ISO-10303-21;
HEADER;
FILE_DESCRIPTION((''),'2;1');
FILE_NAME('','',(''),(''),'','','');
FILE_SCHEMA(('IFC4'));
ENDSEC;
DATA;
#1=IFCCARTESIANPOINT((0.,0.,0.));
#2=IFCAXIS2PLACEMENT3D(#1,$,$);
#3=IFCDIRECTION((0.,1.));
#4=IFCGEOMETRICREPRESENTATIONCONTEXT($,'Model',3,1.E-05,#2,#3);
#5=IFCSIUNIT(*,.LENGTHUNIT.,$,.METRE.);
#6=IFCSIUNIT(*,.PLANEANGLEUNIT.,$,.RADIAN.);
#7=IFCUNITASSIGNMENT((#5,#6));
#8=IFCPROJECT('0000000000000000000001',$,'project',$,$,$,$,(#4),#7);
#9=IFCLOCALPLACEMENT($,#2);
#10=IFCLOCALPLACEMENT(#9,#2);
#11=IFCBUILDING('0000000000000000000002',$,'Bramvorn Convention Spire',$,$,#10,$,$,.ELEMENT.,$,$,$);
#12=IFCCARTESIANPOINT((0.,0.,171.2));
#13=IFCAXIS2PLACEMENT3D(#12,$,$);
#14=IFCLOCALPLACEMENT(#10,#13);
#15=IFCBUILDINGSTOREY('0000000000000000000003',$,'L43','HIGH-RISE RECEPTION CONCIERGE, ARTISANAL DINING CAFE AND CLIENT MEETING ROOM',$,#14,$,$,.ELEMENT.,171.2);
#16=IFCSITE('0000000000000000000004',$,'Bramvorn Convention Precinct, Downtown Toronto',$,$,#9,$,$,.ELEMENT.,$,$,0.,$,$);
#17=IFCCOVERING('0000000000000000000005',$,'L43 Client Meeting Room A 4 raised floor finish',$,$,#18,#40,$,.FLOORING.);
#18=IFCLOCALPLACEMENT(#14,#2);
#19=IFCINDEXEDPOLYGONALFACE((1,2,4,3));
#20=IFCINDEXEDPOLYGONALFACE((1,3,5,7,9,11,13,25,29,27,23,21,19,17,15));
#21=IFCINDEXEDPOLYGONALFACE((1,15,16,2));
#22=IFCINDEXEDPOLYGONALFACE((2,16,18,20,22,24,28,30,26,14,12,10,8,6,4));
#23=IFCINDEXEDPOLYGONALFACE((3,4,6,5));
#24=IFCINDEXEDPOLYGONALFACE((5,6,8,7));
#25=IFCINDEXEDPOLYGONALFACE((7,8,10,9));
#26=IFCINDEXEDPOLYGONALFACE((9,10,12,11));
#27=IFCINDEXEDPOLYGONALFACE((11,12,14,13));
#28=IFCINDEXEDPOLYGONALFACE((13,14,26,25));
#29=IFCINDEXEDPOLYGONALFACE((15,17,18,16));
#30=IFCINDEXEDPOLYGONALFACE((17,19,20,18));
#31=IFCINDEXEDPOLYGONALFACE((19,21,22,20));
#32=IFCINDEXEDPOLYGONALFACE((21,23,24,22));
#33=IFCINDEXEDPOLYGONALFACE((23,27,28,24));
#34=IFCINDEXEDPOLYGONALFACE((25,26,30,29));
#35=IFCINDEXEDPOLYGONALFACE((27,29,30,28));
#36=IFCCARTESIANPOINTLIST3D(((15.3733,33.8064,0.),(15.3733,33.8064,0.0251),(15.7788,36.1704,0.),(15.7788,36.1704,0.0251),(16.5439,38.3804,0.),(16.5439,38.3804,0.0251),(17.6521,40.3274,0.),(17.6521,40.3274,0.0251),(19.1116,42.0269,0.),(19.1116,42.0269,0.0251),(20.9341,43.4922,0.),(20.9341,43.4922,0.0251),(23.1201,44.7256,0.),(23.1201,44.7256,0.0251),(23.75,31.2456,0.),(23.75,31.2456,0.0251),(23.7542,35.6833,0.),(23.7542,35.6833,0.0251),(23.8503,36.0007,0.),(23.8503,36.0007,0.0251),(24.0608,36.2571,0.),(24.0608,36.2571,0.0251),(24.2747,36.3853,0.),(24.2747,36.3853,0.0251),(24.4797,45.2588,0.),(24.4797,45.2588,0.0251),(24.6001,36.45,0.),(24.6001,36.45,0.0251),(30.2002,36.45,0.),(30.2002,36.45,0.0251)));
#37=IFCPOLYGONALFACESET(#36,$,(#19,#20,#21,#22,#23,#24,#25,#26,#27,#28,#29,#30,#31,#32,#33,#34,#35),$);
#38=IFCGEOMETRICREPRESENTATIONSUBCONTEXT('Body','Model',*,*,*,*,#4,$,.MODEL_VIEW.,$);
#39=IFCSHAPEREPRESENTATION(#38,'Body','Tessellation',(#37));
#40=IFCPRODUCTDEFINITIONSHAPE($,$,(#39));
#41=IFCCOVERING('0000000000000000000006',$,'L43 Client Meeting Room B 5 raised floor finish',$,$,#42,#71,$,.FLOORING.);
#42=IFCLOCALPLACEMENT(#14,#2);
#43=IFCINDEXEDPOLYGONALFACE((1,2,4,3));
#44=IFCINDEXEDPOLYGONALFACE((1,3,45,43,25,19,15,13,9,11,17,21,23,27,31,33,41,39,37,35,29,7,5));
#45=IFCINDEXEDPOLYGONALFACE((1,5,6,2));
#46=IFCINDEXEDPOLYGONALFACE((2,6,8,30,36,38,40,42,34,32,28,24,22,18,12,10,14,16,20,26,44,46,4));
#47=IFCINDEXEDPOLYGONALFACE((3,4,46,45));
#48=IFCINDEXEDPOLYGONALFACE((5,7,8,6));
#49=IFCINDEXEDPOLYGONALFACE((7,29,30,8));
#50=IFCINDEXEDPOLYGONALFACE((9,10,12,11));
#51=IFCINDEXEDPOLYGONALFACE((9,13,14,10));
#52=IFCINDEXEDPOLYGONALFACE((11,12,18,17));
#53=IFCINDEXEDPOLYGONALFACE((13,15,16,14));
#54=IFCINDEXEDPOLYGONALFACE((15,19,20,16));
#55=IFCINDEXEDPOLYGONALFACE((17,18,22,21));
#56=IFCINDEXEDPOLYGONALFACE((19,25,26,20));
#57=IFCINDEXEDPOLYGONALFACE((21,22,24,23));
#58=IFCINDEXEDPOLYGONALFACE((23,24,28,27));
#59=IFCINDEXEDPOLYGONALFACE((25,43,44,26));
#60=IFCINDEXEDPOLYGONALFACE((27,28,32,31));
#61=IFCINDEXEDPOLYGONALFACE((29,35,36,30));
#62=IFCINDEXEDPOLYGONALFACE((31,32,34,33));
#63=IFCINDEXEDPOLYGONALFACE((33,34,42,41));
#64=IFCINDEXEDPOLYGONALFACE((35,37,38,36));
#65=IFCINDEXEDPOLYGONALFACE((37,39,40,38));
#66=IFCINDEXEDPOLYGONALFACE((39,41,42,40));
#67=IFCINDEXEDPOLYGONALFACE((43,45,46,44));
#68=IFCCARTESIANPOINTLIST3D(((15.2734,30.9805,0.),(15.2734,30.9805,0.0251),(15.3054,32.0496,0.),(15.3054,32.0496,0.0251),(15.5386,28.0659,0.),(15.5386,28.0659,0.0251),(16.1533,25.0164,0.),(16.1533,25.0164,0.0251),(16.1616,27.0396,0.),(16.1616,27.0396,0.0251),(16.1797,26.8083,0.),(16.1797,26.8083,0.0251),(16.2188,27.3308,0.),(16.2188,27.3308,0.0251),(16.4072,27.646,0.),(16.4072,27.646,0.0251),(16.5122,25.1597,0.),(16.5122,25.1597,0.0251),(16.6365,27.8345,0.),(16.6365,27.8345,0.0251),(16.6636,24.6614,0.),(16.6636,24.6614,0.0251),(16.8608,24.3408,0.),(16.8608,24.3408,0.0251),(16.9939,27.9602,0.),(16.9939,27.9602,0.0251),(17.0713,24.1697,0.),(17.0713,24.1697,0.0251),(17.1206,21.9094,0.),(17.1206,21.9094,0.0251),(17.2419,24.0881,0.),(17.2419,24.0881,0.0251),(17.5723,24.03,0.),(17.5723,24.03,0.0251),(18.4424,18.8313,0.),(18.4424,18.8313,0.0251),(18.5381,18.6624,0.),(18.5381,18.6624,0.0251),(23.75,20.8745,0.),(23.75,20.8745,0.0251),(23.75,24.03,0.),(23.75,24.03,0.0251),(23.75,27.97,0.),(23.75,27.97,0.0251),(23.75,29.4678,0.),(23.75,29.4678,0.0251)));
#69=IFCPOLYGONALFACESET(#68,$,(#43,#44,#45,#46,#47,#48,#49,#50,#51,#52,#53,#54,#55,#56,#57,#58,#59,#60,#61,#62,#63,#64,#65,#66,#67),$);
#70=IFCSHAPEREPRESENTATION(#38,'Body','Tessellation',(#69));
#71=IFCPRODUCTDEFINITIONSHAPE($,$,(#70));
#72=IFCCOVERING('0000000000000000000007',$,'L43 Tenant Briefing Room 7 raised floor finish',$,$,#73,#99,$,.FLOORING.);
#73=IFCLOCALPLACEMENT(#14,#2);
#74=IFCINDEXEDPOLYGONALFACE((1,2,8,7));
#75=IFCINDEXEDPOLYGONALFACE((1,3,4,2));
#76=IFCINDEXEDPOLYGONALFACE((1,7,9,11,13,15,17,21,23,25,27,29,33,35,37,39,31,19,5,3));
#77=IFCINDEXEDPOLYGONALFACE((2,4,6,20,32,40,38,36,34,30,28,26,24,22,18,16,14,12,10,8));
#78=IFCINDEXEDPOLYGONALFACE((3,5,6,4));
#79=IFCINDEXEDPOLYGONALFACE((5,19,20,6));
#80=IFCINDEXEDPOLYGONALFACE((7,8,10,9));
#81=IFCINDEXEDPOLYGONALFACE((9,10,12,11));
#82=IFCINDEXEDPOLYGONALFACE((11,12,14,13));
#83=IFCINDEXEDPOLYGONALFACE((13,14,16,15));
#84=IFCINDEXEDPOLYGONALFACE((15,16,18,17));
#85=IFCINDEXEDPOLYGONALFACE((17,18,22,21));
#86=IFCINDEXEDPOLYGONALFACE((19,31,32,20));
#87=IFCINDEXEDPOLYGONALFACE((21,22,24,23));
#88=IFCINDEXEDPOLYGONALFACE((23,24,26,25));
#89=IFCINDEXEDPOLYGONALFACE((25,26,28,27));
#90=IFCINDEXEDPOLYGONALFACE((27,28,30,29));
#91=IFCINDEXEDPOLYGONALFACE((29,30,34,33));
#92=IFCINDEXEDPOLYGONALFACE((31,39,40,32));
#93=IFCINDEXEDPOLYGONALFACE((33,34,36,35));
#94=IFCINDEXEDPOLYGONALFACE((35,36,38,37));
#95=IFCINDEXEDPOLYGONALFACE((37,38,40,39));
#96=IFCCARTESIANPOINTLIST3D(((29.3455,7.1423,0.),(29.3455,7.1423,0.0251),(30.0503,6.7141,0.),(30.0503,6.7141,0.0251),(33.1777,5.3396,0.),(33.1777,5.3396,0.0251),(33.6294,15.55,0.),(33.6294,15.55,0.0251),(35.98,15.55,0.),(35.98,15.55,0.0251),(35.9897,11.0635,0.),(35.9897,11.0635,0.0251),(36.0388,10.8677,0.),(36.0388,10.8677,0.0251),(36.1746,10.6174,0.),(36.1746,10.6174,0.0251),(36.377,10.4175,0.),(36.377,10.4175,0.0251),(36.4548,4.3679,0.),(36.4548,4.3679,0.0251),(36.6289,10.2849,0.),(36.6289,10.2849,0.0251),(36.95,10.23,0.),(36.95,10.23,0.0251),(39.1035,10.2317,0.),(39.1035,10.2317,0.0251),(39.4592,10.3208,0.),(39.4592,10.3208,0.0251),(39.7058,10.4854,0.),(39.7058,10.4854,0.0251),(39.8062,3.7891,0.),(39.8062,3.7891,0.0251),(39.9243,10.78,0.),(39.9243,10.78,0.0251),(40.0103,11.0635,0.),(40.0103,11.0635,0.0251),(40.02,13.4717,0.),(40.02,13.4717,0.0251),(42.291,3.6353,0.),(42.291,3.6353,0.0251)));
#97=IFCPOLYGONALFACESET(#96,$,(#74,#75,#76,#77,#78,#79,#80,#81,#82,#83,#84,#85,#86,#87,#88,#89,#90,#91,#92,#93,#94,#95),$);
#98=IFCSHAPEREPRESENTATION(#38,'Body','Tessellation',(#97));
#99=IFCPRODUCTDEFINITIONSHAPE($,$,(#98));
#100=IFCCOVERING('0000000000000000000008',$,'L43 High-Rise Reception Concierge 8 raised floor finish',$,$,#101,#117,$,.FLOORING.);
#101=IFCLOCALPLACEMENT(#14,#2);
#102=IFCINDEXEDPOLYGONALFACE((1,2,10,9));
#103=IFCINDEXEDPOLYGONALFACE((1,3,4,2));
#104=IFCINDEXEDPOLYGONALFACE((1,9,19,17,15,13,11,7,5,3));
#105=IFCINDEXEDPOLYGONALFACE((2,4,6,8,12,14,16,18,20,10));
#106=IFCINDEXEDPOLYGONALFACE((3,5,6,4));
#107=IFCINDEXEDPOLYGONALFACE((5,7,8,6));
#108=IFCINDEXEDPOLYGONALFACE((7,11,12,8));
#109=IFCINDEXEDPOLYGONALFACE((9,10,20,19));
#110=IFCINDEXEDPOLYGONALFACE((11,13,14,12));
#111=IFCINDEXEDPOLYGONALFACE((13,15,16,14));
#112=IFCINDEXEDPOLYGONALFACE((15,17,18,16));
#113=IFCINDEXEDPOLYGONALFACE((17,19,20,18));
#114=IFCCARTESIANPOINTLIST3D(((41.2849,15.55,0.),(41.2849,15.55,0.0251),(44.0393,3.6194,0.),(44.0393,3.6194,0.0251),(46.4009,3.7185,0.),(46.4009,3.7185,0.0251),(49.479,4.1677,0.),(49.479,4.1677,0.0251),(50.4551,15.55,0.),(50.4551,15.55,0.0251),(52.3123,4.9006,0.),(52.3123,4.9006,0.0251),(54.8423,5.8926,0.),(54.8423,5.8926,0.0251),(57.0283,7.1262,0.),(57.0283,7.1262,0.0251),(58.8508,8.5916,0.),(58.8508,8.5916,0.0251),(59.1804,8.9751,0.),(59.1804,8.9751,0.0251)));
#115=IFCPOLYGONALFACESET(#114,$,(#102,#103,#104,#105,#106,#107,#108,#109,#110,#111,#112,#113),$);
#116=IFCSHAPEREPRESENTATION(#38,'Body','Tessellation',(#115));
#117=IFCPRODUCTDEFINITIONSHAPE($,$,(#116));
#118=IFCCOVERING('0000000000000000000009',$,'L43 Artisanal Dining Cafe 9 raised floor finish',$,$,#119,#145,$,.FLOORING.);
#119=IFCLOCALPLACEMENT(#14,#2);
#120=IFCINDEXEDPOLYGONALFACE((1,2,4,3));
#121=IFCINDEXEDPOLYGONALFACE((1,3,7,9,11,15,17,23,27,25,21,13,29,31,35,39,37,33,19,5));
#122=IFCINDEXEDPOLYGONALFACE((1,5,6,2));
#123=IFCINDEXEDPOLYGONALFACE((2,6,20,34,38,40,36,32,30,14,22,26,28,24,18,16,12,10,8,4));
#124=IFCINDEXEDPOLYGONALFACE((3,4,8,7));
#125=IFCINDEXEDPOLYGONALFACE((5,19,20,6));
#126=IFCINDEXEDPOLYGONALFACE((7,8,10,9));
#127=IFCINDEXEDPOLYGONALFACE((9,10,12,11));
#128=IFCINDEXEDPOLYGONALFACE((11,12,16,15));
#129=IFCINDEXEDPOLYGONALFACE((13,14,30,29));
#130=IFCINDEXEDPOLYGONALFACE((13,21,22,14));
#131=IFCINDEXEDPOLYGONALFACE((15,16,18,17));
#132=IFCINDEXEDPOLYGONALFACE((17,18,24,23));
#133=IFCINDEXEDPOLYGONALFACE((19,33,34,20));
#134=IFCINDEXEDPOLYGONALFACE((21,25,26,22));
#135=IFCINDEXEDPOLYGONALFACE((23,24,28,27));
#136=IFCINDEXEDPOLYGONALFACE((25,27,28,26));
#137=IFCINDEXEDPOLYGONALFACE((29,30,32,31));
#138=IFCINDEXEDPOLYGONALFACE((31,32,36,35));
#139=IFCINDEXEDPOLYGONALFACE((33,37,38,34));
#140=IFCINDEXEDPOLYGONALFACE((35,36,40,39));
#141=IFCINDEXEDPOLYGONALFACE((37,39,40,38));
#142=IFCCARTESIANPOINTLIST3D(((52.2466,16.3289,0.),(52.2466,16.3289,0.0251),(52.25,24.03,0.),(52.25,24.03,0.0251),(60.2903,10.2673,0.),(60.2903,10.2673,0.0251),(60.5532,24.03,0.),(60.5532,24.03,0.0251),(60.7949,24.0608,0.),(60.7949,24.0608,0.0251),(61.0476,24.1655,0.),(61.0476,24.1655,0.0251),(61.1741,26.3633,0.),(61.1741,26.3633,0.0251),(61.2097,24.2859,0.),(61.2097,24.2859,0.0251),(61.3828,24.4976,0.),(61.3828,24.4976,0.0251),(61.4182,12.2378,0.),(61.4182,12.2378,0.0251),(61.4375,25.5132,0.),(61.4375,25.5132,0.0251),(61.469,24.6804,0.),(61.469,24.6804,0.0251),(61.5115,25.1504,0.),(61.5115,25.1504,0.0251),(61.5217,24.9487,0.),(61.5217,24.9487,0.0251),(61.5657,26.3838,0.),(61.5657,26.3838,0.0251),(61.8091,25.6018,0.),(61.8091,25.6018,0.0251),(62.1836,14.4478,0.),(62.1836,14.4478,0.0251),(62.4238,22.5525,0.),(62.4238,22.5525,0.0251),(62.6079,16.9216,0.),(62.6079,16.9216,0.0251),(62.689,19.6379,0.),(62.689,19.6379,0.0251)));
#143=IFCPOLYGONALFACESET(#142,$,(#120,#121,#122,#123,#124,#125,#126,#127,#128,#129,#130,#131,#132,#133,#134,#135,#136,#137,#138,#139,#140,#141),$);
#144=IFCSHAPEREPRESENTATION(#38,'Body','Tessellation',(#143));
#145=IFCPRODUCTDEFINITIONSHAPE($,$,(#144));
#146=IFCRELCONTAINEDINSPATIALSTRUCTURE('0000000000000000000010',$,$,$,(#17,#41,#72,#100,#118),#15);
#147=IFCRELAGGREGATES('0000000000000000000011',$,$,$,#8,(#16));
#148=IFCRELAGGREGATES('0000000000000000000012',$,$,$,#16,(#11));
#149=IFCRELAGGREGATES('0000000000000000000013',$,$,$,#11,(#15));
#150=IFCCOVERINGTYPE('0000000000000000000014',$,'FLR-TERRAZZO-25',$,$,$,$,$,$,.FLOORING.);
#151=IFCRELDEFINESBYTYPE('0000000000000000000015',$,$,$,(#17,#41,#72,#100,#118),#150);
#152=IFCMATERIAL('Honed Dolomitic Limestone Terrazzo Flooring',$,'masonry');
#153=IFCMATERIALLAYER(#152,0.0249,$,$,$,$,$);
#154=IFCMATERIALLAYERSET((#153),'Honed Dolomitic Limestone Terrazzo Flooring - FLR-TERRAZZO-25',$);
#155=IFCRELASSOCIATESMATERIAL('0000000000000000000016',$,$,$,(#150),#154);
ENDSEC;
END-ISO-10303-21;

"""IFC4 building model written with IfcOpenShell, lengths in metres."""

from ifc_helpers import new_model, si_unit, direction, frame, origin, place, context, subcontext, project, spatial, polyline, outline, extrude, material, layer, layer_set, type_object, element, save


model = new_model("IFC4")

# Units and contexts
model_context = context("Model", 3, precision=1e-05, world=origin(), true_north=direction((0.0, 1.0)))
body_context = subcontext(model_context, "Body", "Model", "MODEL_VIEW")
ifc_project = project(units=[si_unit("LENGTHUNIT", "METRE"), si_unit("PLANEANGLEUNIT", "RADIAN")], contexts=[model_context])

# Site, building, storey
site_placement = place(None, origin())
site = spatial("IfcSite", under=ifc_project, at=site_placement, Name="Bramvorn Convention Precinct, Downtown Toronto", CompositionType="ELEMENT", RefElevation=0.0)
building_placement = place(site_placement, origin())
building = spatial("IfcBuilding", under=site, at=building_placement, Name="Bramvorn Convention Spire", CompositionType="ELEMENT")
storey_placement = place(building_placement, frame((0.0, 0.0, 171.2)))
storey = spatial("IfcBuildingStorey", under=building, at=storey_placement, Name="L43", Description="HIGH-RISE RECEPTION CONCIERGE, ARTISANAL DINING CAFE AND CLIENT MEETING ROOM", CompositionType="ELEMENT", Elevation=171.2)

# Coverings
ifc_material_1 = material(Name="Honed Dolomitic Limestone Terrazzo Flooring", Category="masonry")
ifc_layer_1 = layer(ifc_material_1, 0.0249)
ifc_layer_set_1 = layer_set([ifc_layer_1], Name="Honed Dolomitic Limestone Terrazzo Flooring - FLR-TERRAZZO-25")
covering_type = type_object("IfcCoveringType", Name="FLR-TERRAZZO-25", PredefinedType="FLOORING", material=ifc_layer_set_1)
covering_1_placement = place(storey_placement, origin())
element("IfcCovering", 1, at=covering_1_placement, inside=storey, type_object=covering_type, Name="L43 Client Meeting Room A 4 raised floor finish", PredefinedType="FLOORING", context=body_context, shape_type="SweptSolid", body=[
    extrude(outline(polyline([(23.75, 31.2456), (23.7542, 35.6833), (23.8503, 36.0007), (24.0608, 36.2571), (24.2747, 36.3853), (24.6001, 36.45), (30.2002, 36.45), (24.4797, 45.2588), (23.1201, 44.7256), (20.9341, 43.4922), (19.1116, 42.0269), (17.6521, 40.3274), (16.5439, 38.3804), (15.7788, 36.1704), (15.3733, 33.8064), (23.75, 31.2456)])), origin(), (0.0, 0.0, 1.0), 0.0251),
])
covering_2_placement = place(storey_placement, origin())
element("IfcCovering", 2, at=covering_2_placement, inside=storey, type_object=covering_type, Name="L43 Client Meeting Room B 5 raised floor finish", PredefinedType="FLOORING", context=body_context, shape_type="SweptSolid", body=[
    extrude(outline(polyline([(18.4424, 18.8313), (18.5381, 18.6624), (23.75, 20.8745), (23.75, 24.03), (17.5723, 24.03), (17.2419, 24.0881), (17.0713, 24.1697), (16.8608, 24.3408), (16.6636, 24.6614), (16.5122, 25.1597), (16.1797, 26.8083), (16.1616, 27.0396), (16.2188, 27.3308), (16.4072, 27.646), (16.6365, 27.8345), (16.9939, 27.9602), (23.75, 27.97), (23.75, 29.4678), (15.3054, 32.0496), (15.2734, 30.9805), (15.5386, 28.0659), (16.1533, 25.0164), (17.1206, 21.9094), (18.4424, 18.8313)])), origin(), (0.0, 0.0, 1.0), 0.0251),
])
covering_3_placement = place(storey_placement, origin())
element("IfcCovering", 3, at=covering_3_placement, inside=storey, type_object=covering_type, Name="L43 Tenant Briefing Room 7 raised floor finish", PredefinedType="FLOORING", context=body_context, shape_type="SweptSolid", body=[
    extrude(outline(polyline([(42.291, 3.6353), (40.02, 13.4717), (40.0103, 11.0635), (39.9243, 10.78), (39.7058, 10.4854), (39.4592, 10.3208), (39.1035, 10.2317), (36.95, 10.23), (36.6289, 10.2849), (36.377, 10.4175), (36.1746, 10.6174), (36.0388, 10.8677), (35.9897, 11.0635), (35.98, 15.55), (33.6294, 15.55), (29.3455, 7.1423), (30.0503, 6.7141), (33.1777, 5.3396), (36.4548, 4.3679), (39.8062, 3.7891), (42.291, 3.6353)])), origin(), (0.0, 0.0, 1.0), 0.0251),
])
covering_4_placement = place(storey_placement, origin())
element("IfcCovering", 4, at=covering_4_placement, inside=storey, type_object=covering_type, Name="L43 High-Rise Reception Concierge 8 raised floor finish", PredefinedType="FLOORING", context=body_context, shape_type="SweptSolid", body=[
    extrude(outline(polyline([(54.8423, 5.8926), (57.0283, 7.1262), (58.8508, 8.5916), (59.1804, 8.9751), (50.4551, 15.55), (41.2849, 15.55), (44.0393, 3.6194), (46.4009, 3.7185), (49.479, 4.1677), (52.3123, 4.9006), (54.8423, 5.8926)])), origin(), (0.0, 0.0, 1.0), 0.0251),
])
covering_5_placement = place(storey_placement, origin())
element("IfcCovering", 5, at=covering_5_placement, inside=storey, type_object=covering_type, Name="L43 Artisanal Dining Cafe 9 raised floor finish", PredefinedType="FLOORING", context=body_context, shape_type="SweptSolid", body=[
    extrude(outline(polyline([(60.2903, 10.2673), (61.4182, 12.2378), (62.1836, 14.4478), (62.6079, 16.9216), (62.689, 19.6379), (62.4238, 22.5525), (61.8091, 25.6018), (61.5657, 26.3838), (61.1741, 26.3633), (61.4375, 25.5132), (61.5115, 25.1504), (61.5217, 24.9487), (61.469, 24.6804), (61.3828, 24.4976), (61.2097, 24.2859), (61.0476, 24.1655), (60.7949, 24.0608), (60.5532, 24.03), (52.25, 24.03), (52.2466, 16.3289), (60.2903, 10.2673)])), origin(), (0.0, 0.0, 1.0), 0.0251),
])

save(model, "model.ifc")
